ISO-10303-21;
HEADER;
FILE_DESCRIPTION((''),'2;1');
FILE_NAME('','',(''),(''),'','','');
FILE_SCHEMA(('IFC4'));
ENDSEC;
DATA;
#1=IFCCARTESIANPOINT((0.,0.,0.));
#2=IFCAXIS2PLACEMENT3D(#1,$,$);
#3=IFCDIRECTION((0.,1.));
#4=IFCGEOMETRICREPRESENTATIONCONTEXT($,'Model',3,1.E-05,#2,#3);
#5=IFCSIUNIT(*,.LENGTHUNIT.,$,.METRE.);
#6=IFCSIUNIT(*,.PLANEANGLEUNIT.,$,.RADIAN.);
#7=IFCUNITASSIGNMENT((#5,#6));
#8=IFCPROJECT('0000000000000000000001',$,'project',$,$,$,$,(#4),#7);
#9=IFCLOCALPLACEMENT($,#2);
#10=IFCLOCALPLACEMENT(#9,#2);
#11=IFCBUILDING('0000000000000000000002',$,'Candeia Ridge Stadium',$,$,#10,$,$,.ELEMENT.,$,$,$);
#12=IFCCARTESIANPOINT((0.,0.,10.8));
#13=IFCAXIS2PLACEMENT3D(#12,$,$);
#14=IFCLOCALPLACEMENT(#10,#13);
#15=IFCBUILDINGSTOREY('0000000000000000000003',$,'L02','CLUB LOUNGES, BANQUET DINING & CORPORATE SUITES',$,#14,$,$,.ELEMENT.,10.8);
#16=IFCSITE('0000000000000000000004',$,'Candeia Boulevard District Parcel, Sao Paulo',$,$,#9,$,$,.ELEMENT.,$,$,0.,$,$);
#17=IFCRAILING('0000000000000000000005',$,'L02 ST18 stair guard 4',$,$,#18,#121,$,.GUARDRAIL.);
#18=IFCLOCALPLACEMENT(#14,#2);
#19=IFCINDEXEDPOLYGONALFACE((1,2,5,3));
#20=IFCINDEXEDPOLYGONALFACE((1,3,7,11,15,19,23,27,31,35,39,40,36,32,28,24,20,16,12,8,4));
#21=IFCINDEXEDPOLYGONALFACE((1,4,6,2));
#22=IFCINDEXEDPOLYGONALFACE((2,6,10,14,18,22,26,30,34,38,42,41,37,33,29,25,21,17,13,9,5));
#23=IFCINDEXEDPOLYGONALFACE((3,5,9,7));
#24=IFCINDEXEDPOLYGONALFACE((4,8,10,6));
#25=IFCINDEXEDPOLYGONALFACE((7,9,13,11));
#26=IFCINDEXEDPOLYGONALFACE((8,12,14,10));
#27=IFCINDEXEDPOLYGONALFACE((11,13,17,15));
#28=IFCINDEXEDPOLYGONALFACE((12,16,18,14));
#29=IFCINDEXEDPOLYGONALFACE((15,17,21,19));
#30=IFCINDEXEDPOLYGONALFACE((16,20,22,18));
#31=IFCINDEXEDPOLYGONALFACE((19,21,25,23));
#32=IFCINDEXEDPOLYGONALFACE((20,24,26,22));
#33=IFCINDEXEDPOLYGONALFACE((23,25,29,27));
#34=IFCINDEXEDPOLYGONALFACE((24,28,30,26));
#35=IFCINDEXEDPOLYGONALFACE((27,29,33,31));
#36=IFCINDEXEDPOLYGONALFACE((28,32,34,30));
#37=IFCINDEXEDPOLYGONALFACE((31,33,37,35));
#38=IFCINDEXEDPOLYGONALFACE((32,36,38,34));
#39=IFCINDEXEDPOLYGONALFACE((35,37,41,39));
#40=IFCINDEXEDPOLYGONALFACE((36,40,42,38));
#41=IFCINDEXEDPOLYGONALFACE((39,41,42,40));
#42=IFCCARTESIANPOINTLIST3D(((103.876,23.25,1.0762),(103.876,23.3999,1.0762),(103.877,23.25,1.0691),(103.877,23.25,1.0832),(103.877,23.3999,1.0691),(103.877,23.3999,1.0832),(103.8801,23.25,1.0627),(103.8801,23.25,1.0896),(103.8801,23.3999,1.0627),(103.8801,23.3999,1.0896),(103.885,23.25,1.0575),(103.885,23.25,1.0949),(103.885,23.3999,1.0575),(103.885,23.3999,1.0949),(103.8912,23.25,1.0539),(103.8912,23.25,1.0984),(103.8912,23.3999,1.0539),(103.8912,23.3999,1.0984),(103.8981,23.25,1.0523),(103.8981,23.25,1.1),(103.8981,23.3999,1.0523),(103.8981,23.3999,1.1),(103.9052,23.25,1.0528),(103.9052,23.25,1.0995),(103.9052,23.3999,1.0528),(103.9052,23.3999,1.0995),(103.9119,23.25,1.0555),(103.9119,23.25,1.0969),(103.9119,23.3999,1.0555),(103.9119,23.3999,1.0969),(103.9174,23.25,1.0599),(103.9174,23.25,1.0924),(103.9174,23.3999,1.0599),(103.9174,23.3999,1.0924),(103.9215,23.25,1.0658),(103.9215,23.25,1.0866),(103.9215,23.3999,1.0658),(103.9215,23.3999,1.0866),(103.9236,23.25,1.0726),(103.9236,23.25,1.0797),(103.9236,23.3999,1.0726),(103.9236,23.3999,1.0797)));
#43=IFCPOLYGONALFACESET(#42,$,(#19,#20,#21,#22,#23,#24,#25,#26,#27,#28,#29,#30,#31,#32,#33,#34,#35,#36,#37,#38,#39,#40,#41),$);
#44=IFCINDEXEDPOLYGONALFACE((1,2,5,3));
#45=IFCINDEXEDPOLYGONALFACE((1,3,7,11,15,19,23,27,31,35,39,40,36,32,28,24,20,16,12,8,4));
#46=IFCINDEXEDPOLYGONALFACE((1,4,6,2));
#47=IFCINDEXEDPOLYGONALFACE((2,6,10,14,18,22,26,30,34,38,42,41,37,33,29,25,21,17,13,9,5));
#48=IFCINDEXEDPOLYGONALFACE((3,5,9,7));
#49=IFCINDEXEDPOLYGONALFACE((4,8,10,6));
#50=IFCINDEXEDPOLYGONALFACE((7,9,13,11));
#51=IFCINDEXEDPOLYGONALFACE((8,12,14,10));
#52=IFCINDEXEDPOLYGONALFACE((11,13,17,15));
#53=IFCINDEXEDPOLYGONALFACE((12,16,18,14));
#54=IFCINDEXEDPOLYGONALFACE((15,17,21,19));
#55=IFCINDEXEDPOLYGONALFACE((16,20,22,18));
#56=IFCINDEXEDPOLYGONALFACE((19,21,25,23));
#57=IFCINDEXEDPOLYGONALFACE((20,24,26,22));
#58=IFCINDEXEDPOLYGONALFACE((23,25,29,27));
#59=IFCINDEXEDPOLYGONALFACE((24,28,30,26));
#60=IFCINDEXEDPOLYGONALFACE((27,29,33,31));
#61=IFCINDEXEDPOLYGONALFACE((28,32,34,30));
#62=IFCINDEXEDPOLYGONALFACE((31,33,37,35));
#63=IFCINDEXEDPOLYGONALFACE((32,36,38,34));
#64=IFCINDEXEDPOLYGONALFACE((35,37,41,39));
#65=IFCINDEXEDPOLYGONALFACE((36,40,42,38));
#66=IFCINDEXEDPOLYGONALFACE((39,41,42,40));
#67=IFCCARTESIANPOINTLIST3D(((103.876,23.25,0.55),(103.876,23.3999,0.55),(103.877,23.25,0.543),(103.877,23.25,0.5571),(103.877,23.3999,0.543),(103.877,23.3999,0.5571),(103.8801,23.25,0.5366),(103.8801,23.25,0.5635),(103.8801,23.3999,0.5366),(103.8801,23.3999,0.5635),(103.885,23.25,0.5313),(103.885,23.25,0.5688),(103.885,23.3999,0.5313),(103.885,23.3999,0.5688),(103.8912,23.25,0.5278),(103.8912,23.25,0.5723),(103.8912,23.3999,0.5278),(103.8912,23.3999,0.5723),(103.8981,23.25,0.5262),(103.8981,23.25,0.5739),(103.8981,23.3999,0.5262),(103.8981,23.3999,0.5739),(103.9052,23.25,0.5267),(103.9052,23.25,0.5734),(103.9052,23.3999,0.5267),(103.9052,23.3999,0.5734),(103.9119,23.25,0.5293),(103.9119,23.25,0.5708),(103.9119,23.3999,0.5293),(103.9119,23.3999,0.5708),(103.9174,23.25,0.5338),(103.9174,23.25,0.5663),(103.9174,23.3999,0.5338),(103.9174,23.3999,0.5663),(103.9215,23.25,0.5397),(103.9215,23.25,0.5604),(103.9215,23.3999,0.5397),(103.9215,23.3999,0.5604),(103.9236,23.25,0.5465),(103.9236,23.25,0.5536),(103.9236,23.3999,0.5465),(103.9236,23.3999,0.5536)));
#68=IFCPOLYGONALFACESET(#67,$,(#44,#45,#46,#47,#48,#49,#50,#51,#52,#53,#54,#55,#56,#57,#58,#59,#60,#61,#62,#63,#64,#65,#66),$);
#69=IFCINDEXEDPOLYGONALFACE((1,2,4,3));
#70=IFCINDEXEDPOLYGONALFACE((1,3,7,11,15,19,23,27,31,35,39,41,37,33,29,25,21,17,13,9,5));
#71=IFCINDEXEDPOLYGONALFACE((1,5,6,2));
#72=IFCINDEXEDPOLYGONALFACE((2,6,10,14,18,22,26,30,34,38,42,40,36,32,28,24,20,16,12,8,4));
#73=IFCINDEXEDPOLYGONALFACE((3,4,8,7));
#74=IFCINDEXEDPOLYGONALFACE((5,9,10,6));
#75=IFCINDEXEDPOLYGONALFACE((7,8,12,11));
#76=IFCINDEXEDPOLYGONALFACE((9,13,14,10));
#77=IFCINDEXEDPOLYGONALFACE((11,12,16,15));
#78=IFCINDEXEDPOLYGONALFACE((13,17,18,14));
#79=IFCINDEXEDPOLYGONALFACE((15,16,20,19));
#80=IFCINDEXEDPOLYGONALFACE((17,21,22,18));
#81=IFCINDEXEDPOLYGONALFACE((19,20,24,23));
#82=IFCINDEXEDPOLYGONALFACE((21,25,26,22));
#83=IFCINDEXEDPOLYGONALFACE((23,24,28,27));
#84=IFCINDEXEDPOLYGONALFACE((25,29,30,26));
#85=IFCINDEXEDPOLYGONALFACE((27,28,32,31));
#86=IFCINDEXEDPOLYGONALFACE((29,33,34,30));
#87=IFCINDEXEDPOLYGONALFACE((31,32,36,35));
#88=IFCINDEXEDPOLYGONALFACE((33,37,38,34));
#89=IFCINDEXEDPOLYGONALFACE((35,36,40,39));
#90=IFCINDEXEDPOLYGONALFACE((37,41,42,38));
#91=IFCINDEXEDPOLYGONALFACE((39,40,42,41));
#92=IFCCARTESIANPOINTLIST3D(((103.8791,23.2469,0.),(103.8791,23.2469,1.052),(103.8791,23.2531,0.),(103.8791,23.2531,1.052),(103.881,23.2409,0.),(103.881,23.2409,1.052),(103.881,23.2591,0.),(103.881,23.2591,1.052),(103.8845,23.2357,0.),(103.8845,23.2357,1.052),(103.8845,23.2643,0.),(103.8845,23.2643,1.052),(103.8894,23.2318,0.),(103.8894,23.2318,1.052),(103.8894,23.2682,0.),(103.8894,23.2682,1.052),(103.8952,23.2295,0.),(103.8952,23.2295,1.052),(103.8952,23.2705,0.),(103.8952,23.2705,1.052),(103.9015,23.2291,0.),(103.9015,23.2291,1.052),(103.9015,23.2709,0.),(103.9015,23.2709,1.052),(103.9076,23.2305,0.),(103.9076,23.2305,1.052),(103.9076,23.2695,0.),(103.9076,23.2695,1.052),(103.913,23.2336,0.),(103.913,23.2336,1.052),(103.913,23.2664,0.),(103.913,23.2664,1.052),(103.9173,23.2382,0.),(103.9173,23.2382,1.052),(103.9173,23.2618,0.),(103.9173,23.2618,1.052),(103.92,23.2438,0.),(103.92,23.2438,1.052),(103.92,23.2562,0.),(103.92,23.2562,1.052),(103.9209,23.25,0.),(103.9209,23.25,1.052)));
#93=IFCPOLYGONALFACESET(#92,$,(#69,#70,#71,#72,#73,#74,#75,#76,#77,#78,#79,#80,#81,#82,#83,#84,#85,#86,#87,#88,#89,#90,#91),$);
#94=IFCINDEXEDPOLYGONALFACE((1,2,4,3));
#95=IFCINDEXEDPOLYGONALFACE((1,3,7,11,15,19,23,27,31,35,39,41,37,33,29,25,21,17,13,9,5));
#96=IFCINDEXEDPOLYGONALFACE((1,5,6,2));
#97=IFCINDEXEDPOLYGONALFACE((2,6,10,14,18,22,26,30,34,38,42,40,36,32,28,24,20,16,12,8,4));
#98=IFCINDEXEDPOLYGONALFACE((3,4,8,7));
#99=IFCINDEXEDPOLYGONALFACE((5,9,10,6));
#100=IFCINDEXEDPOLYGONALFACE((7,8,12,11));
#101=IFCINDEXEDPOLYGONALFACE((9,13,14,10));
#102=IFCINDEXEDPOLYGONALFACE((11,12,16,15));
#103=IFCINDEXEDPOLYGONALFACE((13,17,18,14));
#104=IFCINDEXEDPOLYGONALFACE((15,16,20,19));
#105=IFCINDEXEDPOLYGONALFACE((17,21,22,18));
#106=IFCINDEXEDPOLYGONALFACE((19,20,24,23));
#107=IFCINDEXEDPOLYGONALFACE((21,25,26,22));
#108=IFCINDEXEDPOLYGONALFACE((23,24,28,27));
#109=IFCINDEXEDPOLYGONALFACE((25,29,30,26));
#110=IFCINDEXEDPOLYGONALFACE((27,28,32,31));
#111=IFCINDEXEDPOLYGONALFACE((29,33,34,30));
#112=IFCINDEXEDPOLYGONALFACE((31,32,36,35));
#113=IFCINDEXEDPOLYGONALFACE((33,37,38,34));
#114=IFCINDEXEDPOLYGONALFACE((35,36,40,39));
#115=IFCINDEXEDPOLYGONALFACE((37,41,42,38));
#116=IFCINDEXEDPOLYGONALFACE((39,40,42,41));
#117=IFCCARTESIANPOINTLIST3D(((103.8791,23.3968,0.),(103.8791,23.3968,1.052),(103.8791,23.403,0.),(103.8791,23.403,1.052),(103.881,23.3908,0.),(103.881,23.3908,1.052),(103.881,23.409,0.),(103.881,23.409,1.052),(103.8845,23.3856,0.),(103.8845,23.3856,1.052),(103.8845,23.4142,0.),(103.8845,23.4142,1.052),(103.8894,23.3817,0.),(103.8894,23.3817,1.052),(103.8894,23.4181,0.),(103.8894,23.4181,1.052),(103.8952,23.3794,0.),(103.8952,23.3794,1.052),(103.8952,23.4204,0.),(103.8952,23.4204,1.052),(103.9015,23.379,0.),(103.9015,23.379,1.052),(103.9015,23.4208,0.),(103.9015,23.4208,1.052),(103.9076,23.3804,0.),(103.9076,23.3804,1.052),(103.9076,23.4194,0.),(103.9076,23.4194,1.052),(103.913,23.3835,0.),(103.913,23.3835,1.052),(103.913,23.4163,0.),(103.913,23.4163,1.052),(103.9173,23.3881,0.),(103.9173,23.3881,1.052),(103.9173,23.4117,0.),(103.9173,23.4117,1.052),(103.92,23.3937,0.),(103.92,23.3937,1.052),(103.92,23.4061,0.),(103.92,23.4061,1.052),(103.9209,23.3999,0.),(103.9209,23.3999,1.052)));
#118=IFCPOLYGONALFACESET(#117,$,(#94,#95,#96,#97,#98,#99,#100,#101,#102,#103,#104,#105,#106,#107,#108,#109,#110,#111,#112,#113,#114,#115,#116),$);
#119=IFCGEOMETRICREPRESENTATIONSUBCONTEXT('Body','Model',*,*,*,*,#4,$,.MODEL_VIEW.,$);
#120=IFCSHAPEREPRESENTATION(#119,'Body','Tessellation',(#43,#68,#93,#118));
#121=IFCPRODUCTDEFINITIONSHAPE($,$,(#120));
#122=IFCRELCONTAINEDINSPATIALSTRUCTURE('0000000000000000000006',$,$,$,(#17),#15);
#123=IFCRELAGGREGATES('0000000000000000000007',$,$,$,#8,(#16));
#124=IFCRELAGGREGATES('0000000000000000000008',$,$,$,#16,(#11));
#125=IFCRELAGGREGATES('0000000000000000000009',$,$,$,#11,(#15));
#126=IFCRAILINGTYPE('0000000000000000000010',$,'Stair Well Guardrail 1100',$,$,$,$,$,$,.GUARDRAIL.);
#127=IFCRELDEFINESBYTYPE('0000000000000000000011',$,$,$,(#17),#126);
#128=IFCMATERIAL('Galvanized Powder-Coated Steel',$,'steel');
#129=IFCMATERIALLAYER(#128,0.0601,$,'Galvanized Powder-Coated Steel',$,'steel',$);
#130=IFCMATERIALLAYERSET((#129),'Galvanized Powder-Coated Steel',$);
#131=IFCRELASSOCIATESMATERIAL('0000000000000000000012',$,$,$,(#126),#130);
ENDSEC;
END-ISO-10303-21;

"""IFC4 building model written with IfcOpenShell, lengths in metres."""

from ifc_helpers import new_model, si_unit, direction, frame, origin, origin_2d, place, context, subcontext, project, spatial, circle, extrude, material, layer, layer_set, type_object, element, save


model = new_model("IFC4")

# Units and contexts
model_context = context("Model", 3, precision=1e-05, world=origin(), true_north=direction((0.0, 1.0)))
body_context = subcontext(model_context, "Body", "Model", "MODEL_VIEW")
ifc_project = project(units=[si_unit("LENGTHUNIT", "METRE"), si_unit("PLANEANGLEUNIT", "RADIAN")], contexts=[model_context])

# Site, building, storey
site_placement = place(None, origin())
site = spatial("IfcSite", under=ifc_project, at=site_placement, Name="Candeia Boulevard District Parcel, Sao Paulo", CompositionType="ELEMENT", RefElevation=0.0)
building_placement = place(site_placement, origin())
building = spatial("IfcBuilding", under=site, at=building_placement, Name="Candeia Ridge Stadium", CompositionType="ELEMENT")
storey_placement = place(building_placement, frame((0.0, 0.0, 10.8)))
storey = spatial("IfcBuildingStorey", under=building, at=storey_placement, Name="L02", Description="CLUB LOUNGES, BANQUET DINING & CORPORATE SUITES", CompositionType="ELEMENT", Elevation=10.8)

# Railing
ifc_material_1 = material(Name="Galvanized Powder-Coated Steel", Category="steel")
ifc_layer_1 = layer(ifc_material_1, 0.0601, Name="Galvanized Powder-Coated Steel", Category="steel")
ifc_layer_set_1 = layer_set([ifc_layer_1], Name="Galvanized Powder-Coated Steel")
railing_type_1 = type_object("IfcRailingType", Name="Stair Well Guardrail 1100", PredefinedType="GUARDRAIL", material=ifc_layer_set_1)
railing_1_placement = place(storey_placement, frame((103.8999, 23.25, 0.0)))
element("IfcRailing", 1, at=railing_1_placement, inside=storey, type_object=railing_type_1, Name="L02 ST18 stair guard 4", PredefinedType="GUARDRAIL", context=body_context, shape_type="SweptSolid", body=[
    extrude(circle(Radius=0.0239, at=origin_2d()), frame((0.0, 0.0, 1.0762), z_axis=(0.0, 1.0, 0.0), x_axis=(-1.0, 0.0, 0.0)), (0.0, 0.0, 1.0), 0.1499),
    extrude(circle(Radius=0.0239, at=origin_2d()), frame((0.0, 0.0, 0.55), z_axis=(0.0, 1.0, 0.0), x_axis=(-1.0, 0.0, 0.0)), (0.0, 0.0, 1.0), 0.1499),
    extrude(circle(Radius=0.021, at=origin_2d()), origin(), (0.0, 0.0, 1.0), 1.052),
    extrude(circle(Radius=0.021, at=origin_2d()), frame((0.0, 0.1499, 0.0)), (0.0, 0.0, 1.0), 1.052),
])

save(model, "model.ifc")
